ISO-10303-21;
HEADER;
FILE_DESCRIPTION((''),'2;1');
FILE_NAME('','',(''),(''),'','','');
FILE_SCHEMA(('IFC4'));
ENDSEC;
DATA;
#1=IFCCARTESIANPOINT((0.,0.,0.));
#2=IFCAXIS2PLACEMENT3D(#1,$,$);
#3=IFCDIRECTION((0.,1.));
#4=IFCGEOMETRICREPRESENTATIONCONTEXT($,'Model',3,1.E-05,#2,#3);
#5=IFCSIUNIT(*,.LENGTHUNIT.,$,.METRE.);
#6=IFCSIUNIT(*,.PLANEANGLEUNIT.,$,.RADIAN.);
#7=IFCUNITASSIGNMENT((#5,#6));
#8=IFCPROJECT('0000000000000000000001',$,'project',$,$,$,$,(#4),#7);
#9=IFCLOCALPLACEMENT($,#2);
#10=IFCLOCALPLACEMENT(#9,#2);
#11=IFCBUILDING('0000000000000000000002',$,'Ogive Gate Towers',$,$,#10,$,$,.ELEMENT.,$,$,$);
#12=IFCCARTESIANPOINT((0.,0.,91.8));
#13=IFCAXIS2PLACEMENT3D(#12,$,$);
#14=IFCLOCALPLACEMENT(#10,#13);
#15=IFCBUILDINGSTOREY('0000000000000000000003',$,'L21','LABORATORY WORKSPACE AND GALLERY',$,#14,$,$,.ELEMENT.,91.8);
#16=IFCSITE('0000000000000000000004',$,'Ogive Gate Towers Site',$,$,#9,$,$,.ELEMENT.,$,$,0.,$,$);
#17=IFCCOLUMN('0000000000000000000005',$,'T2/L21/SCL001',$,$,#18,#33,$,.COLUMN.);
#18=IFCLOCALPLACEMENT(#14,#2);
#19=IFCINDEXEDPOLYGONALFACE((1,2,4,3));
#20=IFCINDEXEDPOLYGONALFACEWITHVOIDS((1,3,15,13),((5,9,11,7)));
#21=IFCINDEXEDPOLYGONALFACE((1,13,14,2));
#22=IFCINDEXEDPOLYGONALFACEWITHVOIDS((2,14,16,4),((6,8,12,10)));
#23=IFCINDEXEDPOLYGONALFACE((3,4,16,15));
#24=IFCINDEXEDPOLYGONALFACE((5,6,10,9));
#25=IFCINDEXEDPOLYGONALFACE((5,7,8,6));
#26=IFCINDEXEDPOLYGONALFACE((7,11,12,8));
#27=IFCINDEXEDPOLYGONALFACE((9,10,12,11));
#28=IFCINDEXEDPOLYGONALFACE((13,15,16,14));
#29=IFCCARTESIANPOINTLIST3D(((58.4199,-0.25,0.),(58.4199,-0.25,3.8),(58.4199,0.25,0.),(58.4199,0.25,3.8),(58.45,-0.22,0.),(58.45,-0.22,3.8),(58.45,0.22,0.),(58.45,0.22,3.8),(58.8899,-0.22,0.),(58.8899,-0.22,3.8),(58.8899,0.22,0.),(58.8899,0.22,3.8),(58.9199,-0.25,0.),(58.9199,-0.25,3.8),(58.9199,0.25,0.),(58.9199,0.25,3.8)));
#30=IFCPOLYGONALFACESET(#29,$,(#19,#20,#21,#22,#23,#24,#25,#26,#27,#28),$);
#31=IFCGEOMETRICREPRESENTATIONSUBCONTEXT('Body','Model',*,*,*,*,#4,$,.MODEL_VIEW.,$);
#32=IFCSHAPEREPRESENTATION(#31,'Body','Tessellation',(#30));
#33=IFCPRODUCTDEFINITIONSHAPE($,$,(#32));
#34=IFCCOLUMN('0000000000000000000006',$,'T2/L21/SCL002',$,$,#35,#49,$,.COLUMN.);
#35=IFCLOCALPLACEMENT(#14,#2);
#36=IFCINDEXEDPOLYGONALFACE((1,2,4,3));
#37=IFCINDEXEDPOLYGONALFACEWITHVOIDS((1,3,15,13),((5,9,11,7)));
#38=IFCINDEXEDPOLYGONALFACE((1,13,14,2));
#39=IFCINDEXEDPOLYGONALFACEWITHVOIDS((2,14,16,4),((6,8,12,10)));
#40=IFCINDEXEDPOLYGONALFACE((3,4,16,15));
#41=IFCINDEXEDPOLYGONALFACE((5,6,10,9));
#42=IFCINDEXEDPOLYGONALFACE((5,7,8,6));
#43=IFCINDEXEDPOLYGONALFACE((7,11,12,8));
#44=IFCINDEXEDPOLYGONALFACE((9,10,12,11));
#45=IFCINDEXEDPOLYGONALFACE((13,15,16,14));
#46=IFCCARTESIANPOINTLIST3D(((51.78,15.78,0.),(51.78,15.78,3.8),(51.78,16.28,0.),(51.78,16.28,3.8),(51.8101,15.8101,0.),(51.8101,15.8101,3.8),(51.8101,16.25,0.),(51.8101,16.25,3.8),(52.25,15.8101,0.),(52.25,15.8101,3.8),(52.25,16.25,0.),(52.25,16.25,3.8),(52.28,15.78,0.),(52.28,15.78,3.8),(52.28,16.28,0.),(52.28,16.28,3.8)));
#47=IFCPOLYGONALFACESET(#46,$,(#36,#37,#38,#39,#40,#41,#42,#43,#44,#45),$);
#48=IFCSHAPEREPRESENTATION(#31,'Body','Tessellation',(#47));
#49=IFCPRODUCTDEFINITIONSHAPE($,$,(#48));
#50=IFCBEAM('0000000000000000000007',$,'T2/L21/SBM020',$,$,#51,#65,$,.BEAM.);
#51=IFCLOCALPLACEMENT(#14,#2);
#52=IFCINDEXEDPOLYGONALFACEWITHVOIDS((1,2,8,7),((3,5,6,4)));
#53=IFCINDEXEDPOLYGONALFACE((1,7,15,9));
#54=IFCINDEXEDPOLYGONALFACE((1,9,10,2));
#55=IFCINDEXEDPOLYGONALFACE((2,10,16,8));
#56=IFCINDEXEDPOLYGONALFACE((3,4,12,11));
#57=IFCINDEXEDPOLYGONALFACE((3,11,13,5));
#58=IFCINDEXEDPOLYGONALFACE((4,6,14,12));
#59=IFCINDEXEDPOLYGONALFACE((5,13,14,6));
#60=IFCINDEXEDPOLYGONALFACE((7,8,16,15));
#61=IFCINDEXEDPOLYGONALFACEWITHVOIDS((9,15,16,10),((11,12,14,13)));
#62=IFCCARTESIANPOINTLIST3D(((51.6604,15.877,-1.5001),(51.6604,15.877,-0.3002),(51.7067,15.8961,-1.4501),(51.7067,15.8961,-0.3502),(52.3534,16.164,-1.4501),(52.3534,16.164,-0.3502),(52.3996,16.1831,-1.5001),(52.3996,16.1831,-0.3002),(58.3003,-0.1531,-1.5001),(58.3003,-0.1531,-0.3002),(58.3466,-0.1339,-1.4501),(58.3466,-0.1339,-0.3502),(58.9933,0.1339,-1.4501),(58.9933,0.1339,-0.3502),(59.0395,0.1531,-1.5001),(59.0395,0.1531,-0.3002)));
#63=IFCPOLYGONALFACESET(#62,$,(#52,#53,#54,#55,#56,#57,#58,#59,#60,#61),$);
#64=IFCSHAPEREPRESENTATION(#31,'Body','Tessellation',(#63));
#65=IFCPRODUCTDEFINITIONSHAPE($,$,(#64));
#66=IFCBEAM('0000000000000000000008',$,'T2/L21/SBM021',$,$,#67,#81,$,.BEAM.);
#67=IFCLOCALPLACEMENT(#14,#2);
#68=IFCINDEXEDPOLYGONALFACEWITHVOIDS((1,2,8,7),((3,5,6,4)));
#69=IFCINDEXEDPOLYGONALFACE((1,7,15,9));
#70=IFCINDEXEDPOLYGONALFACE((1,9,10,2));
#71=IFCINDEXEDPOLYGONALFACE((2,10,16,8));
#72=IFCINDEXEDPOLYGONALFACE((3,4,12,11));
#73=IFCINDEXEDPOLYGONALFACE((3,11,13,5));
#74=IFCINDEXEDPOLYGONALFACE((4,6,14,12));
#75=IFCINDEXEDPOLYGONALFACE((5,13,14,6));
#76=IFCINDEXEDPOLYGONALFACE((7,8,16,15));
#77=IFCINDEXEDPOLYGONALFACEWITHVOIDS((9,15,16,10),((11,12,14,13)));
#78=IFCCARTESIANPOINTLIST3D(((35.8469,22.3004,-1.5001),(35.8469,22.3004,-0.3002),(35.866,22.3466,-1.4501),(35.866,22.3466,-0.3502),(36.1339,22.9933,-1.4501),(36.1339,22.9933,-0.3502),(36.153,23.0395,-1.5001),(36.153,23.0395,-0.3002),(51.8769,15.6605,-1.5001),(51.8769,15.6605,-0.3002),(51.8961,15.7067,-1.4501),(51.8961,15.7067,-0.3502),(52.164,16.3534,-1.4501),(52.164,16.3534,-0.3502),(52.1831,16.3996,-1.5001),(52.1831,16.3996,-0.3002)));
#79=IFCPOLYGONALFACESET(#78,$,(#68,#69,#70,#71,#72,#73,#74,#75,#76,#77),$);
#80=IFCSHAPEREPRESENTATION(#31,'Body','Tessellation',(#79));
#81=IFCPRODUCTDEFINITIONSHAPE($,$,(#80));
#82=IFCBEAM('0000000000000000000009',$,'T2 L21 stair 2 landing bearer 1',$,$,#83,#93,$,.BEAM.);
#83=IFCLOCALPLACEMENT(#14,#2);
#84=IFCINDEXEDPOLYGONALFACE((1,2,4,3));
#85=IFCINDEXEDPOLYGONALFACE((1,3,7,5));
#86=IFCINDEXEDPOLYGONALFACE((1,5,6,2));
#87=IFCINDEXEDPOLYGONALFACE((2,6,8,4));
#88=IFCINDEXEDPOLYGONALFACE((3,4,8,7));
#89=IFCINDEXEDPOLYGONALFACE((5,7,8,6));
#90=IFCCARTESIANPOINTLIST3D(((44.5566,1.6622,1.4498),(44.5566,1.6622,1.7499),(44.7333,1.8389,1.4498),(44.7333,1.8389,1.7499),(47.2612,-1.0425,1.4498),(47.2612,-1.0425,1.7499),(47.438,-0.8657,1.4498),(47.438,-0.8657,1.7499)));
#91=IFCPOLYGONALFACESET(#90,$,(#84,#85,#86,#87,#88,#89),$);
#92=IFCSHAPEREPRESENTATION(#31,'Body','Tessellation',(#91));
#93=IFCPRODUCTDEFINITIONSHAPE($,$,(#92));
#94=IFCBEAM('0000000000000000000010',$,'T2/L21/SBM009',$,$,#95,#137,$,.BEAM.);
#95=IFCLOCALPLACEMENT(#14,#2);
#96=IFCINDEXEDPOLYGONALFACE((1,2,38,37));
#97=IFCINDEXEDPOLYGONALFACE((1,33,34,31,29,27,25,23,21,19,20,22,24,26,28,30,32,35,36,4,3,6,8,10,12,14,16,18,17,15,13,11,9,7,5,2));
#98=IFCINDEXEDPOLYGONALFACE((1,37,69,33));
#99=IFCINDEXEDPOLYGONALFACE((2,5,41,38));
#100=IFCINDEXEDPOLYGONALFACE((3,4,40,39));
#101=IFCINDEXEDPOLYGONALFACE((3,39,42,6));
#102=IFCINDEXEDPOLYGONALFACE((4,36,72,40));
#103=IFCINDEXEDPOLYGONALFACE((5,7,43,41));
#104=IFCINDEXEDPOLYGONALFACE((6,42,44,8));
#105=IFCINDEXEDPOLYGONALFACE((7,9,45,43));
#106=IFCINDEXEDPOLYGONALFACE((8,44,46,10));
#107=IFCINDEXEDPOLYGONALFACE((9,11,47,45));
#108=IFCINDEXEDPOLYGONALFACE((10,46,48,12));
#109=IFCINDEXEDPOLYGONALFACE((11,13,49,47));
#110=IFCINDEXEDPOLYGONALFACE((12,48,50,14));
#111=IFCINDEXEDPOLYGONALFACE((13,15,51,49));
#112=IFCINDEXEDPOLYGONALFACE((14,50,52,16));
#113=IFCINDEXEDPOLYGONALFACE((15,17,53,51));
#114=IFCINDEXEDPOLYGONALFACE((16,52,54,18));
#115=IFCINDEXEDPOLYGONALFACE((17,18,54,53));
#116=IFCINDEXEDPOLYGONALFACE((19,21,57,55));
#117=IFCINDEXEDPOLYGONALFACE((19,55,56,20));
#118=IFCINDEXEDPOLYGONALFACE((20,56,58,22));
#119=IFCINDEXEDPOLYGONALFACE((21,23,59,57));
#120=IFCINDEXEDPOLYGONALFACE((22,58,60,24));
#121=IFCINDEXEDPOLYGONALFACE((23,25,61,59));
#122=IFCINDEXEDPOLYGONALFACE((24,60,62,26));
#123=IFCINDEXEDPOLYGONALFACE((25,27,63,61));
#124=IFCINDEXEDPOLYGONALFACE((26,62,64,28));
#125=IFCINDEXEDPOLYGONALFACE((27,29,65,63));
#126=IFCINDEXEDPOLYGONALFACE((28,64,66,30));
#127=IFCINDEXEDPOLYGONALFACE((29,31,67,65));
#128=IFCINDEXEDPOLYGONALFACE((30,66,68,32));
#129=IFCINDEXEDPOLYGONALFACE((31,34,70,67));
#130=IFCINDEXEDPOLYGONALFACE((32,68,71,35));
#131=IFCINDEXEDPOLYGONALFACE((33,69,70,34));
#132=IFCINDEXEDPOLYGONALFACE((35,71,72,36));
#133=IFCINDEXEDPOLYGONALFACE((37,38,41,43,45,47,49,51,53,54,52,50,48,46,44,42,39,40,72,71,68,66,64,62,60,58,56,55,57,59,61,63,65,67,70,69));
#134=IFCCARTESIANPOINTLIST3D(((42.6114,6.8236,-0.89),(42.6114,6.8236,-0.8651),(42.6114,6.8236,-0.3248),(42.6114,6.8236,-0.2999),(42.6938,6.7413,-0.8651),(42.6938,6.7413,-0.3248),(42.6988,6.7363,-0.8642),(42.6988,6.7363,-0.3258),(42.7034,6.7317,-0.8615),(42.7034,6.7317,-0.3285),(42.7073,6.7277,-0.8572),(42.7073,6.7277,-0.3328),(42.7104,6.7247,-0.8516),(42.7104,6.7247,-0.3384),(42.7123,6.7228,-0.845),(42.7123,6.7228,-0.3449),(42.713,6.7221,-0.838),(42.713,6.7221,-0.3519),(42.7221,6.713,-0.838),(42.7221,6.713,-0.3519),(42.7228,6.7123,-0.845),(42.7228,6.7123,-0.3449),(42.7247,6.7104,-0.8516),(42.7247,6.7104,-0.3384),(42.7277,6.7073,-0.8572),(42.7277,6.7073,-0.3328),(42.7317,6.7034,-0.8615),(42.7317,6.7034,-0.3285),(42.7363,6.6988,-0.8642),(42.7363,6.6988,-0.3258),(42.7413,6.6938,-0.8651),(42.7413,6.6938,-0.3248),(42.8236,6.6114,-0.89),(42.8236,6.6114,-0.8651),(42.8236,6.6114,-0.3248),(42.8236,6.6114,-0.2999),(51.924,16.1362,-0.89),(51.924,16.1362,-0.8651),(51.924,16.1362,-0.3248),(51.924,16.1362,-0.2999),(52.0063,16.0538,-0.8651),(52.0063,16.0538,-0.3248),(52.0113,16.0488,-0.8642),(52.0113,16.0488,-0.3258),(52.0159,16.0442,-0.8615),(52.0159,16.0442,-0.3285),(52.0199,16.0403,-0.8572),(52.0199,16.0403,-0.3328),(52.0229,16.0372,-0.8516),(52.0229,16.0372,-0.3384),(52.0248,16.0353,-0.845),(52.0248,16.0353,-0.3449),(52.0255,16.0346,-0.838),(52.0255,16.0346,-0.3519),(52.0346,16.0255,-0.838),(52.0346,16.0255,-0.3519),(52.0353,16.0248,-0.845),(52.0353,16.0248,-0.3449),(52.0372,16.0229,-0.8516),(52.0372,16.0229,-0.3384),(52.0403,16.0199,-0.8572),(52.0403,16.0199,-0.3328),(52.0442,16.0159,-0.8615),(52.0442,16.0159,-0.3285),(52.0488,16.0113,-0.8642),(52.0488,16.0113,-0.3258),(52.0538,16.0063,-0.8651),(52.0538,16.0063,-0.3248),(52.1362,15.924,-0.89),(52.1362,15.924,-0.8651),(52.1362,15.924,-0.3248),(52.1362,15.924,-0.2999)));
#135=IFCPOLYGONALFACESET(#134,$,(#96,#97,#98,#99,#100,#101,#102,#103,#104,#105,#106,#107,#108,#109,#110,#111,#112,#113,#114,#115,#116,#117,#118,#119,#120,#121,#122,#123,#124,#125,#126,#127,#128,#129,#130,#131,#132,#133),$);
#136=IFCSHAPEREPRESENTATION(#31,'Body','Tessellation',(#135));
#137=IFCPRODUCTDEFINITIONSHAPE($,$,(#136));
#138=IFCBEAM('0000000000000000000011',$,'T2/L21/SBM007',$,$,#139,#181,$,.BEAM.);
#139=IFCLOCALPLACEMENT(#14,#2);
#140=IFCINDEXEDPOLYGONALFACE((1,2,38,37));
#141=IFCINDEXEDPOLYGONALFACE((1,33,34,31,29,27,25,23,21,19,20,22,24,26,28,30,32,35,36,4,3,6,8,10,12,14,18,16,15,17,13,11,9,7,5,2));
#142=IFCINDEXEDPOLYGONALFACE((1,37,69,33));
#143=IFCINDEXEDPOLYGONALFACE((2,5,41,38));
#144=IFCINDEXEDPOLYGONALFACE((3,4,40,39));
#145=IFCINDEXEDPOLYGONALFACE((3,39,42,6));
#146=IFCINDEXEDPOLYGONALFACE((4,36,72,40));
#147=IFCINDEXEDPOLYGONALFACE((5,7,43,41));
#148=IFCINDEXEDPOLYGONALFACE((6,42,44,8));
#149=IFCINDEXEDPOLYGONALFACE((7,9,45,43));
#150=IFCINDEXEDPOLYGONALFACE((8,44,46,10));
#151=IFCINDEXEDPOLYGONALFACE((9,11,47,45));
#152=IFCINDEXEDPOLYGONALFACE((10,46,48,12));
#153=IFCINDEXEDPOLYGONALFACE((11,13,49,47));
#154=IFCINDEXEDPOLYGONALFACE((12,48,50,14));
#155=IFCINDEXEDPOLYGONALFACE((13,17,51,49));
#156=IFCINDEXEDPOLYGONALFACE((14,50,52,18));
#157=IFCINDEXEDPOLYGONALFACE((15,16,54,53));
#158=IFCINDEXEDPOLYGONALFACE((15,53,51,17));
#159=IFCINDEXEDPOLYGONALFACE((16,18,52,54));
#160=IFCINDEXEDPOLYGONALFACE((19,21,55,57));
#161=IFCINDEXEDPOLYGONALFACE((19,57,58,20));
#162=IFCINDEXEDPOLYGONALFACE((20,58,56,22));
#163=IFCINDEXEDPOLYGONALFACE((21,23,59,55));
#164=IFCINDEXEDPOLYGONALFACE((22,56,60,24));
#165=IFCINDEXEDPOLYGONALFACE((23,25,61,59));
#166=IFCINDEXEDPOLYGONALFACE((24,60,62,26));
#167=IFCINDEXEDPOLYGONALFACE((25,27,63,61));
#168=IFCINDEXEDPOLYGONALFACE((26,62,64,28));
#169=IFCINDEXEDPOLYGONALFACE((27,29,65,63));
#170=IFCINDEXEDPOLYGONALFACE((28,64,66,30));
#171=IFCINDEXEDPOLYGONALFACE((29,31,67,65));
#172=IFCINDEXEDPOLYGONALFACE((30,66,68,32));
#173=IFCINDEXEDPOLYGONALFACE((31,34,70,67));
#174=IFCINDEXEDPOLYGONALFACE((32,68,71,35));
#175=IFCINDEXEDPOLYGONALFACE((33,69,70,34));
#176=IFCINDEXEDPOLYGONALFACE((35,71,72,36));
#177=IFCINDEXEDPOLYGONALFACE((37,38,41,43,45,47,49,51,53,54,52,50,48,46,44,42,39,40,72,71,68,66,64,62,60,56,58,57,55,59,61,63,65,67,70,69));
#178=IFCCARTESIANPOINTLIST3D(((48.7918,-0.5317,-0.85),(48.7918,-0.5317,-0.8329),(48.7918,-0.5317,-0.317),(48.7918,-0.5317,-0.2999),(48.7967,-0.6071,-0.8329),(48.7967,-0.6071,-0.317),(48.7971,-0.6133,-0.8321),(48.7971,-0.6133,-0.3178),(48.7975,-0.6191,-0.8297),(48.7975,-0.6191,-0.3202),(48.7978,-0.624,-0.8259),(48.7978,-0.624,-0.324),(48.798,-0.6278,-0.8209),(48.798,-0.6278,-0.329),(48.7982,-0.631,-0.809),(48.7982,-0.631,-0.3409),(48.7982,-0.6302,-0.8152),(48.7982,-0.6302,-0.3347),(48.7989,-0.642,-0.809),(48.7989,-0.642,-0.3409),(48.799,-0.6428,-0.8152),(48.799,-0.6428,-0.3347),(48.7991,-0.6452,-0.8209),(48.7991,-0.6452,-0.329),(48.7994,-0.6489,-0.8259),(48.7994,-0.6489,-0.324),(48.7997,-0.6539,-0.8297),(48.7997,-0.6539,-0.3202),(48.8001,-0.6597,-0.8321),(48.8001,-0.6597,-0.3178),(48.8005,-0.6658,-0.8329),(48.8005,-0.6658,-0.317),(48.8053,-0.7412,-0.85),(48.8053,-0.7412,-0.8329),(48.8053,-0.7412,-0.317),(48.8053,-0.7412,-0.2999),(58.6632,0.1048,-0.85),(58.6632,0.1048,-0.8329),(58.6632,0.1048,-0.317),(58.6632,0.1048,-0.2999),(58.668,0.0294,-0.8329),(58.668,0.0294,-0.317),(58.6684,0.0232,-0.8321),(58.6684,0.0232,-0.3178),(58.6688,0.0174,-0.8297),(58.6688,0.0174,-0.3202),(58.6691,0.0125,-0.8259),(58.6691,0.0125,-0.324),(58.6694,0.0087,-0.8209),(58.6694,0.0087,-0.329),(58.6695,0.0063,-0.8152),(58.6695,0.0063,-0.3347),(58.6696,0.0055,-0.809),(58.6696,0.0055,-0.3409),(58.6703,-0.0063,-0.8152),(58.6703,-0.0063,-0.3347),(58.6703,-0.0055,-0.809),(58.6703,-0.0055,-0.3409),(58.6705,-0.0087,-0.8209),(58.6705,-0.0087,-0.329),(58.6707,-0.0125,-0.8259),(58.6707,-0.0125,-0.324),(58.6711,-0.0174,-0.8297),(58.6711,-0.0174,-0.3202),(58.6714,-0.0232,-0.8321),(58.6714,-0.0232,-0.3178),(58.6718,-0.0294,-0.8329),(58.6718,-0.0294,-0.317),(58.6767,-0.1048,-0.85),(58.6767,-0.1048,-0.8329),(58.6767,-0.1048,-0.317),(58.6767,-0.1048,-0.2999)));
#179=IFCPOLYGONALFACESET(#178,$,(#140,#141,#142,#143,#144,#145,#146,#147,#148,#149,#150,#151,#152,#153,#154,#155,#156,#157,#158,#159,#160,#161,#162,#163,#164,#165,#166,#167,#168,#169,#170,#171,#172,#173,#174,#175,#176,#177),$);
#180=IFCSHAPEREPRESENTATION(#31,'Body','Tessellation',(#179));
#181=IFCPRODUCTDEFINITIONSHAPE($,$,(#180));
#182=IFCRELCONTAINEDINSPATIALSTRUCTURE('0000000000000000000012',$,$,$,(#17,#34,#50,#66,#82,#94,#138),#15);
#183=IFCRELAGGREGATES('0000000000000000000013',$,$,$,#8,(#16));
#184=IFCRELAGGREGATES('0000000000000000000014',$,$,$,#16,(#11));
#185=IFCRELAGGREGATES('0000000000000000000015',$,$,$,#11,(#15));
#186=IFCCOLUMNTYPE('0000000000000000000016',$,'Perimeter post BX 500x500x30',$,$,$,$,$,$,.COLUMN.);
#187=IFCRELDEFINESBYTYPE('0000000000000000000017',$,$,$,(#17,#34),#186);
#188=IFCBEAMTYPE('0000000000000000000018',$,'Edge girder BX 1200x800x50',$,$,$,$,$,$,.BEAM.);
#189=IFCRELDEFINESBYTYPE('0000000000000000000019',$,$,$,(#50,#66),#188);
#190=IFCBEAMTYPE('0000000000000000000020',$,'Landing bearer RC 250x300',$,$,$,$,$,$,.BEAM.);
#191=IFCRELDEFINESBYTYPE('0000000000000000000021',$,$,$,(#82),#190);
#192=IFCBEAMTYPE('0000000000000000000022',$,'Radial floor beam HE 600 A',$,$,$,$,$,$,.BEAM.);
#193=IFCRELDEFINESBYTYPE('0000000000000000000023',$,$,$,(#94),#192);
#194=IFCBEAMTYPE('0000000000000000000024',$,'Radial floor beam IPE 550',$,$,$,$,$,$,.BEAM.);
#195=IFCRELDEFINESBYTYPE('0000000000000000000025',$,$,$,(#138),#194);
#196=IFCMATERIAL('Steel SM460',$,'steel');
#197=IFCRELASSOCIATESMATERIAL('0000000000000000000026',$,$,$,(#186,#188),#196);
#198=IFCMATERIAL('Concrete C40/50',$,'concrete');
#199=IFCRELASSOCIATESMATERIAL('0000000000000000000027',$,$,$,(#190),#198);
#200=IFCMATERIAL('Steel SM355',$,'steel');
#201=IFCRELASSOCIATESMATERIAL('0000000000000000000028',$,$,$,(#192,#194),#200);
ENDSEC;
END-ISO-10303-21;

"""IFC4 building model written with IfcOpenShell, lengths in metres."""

from ifc_helpers import new_model, si_unit, direction, frame, origin, origin_2d, place, context, subcontext, project, spatial, rectangle, hollow_rectangle, i_section, extrude, material, material_profile, profile_set, type_object, element, save


model = new_model("IFC4")

# Units and contexts
model_context = context("Model", 3, precision=1e-05, world=origin(), true_north=direction((0.0, 1.0)))
body_context = subcontext(model_context, "Body", "Model", "MODEL_VIEW")
ifc_project = project(units=[si_unit("LENGTHUNIT", "METRE"), si_unit("PLANEANGLEUNIT", "RADIAN")], contexts=[model_context])

# Site, building, storey
site_placement = place(None, origin())
site = spatial("IfcSite", under=ifc_project, at=site_placement, Name="Ogive Gate Towers Site", CompositionType="ELEMENT", RefElevation=0.0)
building_placement = place(site_placement, origin())
building = spatial("IfcBuilding", under=site, at=building_placement, Name="Ogive Gate Towers", CompositionType="ELEMENT")
storey_placement = place(building_placement, frame((0.0, 0.0, 91.8)))
storey = spatial("IfcBuildingStorey", under=building, at=storey_placement, Name="L21", Description="LABORATORY WORKSPACE AND GALLERY", CompositionType="ELEMENT", Elevation=91.8)

# Columns
ifc_material_1 = material(Name="Steel SM460", Category="steel")
ifc_material_profile_1 = material_profile(ifc_material_1, hollow_rectangle(XDim=0.5, YDim=0.5, WallThickness=0.03, at=origin_2d()), Name="BX 500x500x30")
ifc_profile_set_1 = profile_set([ifc_material_profile_1], Name="Steel SM460")
column_type = type_object("IfcColumnType", Name="Perimeter post BX 500x500x30", PredefinedType="COLUMN", material=ifc_profile_set_1)
for number, where, z_axis, x_axis, name in (
    (1, (58.6699, 0.0, 0.0), (0.0, 0.0, 1.0), (1.0, 0.0, 0.0), "T2/L21/SCL001"),
    (2, (52.03, 16.03, 0.0), (0.0, 0.0, 1.0), (1.0, 0.0, 0.0), "T2/L21/SCL002"),
):
    element("IfcColumn", number, at=place(storey_placement, frame(where, z_axis=z_axis, x_axis=x_axis)), inside=storey, type_object=column_type, Name=name, PredefinedType="COLUMN", context=body_context, shape_type="SweptSolid", body=[
        extrude(hollow_rectangle(XDim=0.5, YDim=0.5, WallThickness=0.03, at=origin_2d()), origin(), (0.0, 0.0, 1.0), 3.8),
    ])

# Beams
ifc_material_profile_2 = material_profile(ifc_material_1, hollow_rectangle(XDim=0.8, YDim=1.2, WallThickness=0.05, at=origin_2d()), Name="BX 1200x800x50")
ifc_profile_set_2 = profile_set([ifc_material_profile_2], Name="Steel SM460")
beam_type_1 = type_object("IfcBeamType", Name="Edge girder BX 1200x800x50", PredefinedType="BEAM", material=ifc_profile_set_2)
for number, where, z_axis, x_axis, name in (
    (3, (58.6699, 0.0, -0.9001), (-0.382685, 0.923879, 0.0), (-0.923879, -0.382685, 0.0), "T2/L21/SBM020"),
    (4, (52.03, 16.03, -0.9001), (-0.923879, 0.382685, 0.0), (-0.382685, -0.923879, 0.0), "T2/L21/SBM021"),
):
    element("IfcBeam", number, at=place(storey_placement, frame(where, z_axis=z_axis, x_axis=x_axis)), inside=storey, type_object=beam_type_1, Name=name, PredefinedType="BEAM", context=body_context, shape_type="SweptSolid", body=[
        extrude(hollow_rectangle(XDim=0.8, YDim=1.2, WallThickness=0.05, at=origin_2d()), origin(), (0.0, 0.0, 1.0), 17.3508),
    ])
ifc_material_2 = material(Name="Concrete C40/50", Category="concrete")
ifc_material_profile_3 = material_profile(ifc_material_2, rectangle(XDim=0.25, YDim=0.3, at=origin_2d()), Name="RC 250x300")
ifc_profile_set_3 = profile_set([ifc_material_profile_3], Name="Concrete C40/50")
beam_type_2 = type_object("IfcBeamType", Name="Landing bearer RC 250x300", PredefinedType="BEAM", material=ifc_profile_set_3)
beam_1_placement = place(storey_placement, frame((47.3496, -0.9541, 1.5999), z_axis=(-0.707107, 0.707107, 0.0), x_axis=(-0.707107, -0.707107, 0.0)))
element("IfcBeam", 5, at=beam_1_placement, inside=storey, type_object=beam_type_2, Name="T2 L21 stair 2 landing bearer 1", PredefinedType="BEAM", context=body_context, shape_type="SweptSolid", body=[
    extrude(rectangle(XDim=0.25, YDim=0.3, at=origin_2d()), origin(), (0.0, 0.0, 1.0), 3.825),
])
ifc_material_3 = material(Name="Steel SM355", Category="steel")
ifc_material_profile_4 = material_profile(ifc_material_3, i_section(OverallWidth=0.3, OverallDepth=0.5901, WebThickness=0.0129, FlangeThickness=0.0249, FilletRadius=0.0271, at=origin_2d()), Name="HE 600 A")
ifc_profile_set_4 = profile_set([ifc_material_profile_4], Name="Steel SM355")
beam_type_3 = type_object("IfcBeamType", Name="Radial floor beam HE 600 A", PredefinedType="BEAM", material=ifc_profile_set_4)
beam_2_placement = place(storey_placement, frame((42.7175, 6.7175, -0.595), z_axis=(0.707107, 0.707107, 0.0), x_axis=(-0.707107, 0.707107, 0.0)))
element("IfcBeam", 6, at=beam_2_placement, inside=storey, type_object=beam_type_3, Name="T2/L21/SBM009", PredefinedType="BEAM", context=body_context, shape_type="SweptSolid", body=[
    extrude(i_section(OverallWidth=0.3, OverallDepth=0.5901, WebThickness=0.0129, FlangeThickness=0.0249, FilletRadius=0.0271, at=origin_2d()), origin(), (0.0, 0.0, 1.0), 13.1699),
])
ifc_material_profile_5 = material_profile(ifc_material_3, i_section(OverallWidth=0.21, OverallDepth=0.55, WebThickness=0.011, FlangeThickness=0.0171, FilletRadius=0.0239, at=origin_2d()), Name="IPE 550")
ifc_profile_set_5 = profile_set([ifc_material_profile_5], Name="Steel SM355")
beam_type_4 = type_object("IfcBeamType", Name="Radial floor beam IPE 550", PredefinedType="BEAM", material=ifc_profile_set_5)
for number, where, z_axis, x_axis, name in (
    (7, (48.7986, -0.6365, -0.575), (0.997928, 0.064343, 0.0), (-0.064343, 0.997928, 0.0), "T2/L21/SBM007"),
):
    element("IfcBeam", number, at=place(storey_placement, frame(where, z_axis=z_axis, x_axis=x_axis)), inside=storey, type_object=beam_type_4, Name=name, PredefinedType="BEAM", context=body_context, shape_type="SweptSolid", body=[
        extrude(i_section(OverallWidth=0.21, OverallDepth=0.55, WebThickness=0.011, FlangeThickness=0.0171, FilletRadius=0.0239, at=origin_2d()), origin(), (0.0, 0.0, 1.0), 9.8918),
    ])

save(model, "model.ifc")
